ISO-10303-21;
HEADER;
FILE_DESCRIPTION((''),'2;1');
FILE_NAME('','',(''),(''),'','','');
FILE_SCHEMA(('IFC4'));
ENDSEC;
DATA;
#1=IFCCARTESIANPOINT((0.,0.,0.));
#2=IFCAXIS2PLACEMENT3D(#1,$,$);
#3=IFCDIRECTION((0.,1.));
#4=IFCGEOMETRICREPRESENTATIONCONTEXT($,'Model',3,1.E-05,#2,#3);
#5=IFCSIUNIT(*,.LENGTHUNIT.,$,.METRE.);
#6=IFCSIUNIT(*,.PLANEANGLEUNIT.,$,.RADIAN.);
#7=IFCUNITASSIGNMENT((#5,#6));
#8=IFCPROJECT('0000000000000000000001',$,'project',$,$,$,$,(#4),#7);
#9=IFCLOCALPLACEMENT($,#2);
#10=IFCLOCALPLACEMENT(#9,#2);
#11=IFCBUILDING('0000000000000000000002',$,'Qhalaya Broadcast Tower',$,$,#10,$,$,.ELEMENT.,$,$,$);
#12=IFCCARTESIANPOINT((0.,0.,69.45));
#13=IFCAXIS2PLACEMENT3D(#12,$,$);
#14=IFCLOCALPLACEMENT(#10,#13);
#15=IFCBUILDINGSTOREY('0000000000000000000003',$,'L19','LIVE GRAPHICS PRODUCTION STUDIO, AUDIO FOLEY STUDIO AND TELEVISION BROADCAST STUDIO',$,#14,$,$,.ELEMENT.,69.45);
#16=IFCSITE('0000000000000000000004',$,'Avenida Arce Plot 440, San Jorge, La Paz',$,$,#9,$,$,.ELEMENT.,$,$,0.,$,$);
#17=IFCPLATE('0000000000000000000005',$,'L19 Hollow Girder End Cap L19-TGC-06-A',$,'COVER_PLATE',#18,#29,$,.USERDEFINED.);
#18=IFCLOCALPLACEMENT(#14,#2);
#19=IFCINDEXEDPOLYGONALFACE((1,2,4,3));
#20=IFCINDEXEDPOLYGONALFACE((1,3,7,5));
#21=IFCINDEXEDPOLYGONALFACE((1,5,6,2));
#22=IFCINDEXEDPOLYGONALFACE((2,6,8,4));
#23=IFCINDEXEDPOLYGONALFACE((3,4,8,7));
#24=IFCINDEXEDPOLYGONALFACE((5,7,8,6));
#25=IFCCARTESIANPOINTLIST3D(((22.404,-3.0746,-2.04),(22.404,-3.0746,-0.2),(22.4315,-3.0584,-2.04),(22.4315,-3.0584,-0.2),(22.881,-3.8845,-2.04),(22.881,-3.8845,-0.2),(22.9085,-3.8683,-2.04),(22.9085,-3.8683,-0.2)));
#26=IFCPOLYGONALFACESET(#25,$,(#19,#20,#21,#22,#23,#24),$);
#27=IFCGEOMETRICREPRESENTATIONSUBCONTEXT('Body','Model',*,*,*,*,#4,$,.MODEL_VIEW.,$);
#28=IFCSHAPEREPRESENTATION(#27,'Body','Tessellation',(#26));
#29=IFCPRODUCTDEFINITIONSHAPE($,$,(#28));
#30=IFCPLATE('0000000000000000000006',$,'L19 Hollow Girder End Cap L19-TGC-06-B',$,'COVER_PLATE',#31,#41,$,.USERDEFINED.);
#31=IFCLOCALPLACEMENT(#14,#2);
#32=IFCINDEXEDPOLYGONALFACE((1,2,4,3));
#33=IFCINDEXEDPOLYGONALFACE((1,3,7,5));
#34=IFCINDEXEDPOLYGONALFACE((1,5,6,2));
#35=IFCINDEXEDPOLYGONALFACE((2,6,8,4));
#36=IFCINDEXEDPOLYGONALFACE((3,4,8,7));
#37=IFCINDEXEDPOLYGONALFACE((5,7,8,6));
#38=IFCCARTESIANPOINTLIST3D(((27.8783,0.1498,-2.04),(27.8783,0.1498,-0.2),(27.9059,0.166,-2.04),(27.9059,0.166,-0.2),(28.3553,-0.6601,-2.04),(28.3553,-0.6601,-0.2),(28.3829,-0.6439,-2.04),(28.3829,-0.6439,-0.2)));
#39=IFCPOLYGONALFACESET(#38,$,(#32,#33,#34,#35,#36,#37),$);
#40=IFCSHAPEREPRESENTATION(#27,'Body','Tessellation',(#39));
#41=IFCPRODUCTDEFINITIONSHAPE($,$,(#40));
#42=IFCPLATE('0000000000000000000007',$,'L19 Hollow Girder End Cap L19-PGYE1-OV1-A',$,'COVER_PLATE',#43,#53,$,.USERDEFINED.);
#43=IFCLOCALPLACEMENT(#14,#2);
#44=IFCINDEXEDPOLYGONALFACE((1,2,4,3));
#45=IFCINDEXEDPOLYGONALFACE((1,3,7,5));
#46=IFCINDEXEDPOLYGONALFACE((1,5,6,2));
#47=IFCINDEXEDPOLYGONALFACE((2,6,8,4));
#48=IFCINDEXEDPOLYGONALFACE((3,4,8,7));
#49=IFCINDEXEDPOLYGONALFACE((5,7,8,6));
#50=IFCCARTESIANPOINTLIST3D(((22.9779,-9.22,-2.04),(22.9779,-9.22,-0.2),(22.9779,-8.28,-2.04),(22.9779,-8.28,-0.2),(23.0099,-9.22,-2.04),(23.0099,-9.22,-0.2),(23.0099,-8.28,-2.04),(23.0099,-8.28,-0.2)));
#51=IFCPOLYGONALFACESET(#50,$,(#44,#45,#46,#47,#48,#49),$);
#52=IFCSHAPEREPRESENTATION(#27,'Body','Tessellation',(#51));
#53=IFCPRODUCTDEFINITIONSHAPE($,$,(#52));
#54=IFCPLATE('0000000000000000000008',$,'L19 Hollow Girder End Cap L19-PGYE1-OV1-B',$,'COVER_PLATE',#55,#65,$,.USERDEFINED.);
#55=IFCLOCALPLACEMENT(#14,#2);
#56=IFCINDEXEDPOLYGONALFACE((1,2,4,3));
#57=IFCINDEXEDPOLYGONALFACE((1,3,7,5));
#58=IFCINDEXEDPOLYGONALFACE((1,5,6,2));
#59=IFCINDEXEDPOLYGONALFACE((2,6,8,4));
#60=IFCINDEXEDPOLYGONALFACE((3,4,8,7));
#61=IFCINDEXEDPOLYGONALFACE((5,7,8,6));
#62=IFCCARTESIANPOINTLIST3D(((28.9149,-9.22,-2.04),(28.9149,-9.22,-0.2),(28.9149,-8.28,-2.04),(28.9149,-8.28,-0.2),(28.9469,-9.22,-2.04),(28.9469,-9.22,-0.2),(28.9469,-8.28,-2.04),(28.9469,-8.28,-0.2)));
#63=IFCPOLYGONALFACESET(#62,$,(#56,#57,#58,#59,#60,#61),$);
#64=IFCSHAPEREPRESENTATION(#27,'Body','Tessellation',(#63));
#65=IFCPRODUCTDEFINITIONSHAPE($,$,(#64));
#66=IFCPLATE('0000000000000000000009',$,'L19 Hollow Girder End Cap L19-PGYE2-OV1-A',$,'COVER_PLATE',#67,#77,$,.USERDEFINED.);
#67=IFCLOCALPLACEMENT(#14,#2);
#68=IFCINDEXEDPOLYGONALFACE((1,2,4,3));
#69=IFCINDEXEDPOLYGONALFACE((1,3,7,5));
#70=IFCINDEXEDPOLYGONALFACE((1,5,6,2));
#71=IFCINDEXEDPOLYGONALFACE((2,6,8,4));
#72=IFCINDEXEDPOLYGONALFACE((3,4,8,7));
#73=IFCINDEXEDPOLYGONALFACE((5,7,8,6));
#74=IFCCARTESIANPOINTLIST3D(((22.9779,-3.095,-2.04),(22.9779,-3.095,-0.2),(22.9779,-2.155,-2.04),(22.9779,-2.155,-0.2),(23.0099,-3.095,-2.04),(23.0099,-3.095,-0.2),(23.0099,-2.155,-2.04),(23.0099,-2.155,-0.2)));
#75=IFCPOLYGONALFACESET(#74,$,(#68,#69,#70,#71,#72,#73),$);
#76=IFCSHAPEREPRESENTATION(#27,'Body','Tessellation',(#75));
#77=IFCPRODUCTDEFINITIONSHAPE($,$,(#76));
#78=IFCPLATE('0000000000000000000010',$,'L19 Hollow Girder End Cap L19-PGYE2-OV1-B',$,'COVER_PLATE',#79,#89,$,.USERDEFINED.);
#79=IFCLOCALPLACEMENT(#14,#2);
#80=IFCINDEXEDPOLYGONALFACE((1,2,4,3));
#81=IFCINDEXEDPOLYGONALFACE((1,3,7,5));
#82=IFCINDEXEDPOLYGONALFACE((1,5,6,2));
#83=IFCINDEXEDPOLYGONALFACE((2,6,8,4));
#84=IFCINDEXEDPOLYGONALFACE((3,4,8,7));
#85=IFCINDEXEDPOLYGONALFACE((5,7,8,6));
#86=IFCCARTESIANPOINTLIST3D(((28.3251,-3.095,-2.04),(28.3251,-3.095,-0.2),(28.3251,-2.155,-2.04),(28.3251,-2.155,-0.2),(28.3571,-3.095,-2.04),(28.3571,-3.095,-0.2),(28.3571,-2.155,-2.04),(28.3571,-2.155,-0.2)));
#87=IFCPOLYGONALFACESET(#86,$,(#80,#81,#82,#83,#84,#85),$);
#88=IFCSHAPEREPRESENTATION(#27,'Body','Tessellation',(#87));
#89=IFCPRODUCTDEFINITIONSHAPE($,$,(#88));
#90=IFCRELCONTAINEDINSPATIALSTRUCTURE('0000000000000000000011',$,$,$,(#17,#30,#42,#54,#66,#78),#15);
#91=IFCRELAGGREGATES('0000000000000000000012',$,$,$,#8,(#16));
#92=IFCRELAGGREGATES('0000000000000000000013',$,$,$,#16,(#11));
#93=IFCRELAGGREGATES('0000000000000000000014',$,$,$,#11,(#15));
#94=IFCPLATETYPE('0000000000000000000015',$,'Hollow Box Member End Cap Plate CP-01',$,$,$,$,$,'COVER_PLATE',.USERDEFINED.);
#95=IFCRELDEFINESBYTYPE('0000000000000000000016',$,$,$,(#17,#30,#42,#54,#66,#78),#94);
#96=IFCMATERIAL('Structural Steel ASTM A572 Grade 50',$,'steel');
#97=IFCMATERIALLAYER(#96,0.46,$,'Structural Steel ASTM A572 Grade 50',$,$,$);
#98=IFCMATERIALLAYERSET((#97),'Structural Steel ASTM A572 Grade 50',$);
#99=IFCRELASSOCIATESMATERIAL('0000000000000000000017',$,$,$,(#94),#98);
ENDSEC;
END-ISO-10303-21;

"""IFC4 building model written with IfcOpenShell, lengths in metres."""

from ifc_helpers import new_model, si_unit, direction, frame, origin, origin_2d, place, context, subcontext, project, spatial, rectangle, extrude, material, layer, layer_set, type_object, element, save


model = new_model("IFC4")

# Units and contexts
model_context = context("Model", 3, precision=1e-05, world=origin(), true_north=direction((0.0, 1.0)))
body_context = subcontext(model_context, "Body", "Model", "MODEL_VIEW")
ifc_project = project(units=[si_unit("LENGTHUNIT", "METRE"), si_unit("PLANEANGLEUNIT", "RADIAN")], contexts=[model_context])

# Site, building, storey
site_placement = place(None, origin())
site = spatial("IfcSite", under=ifc_project, at=site_placement, Name="Avenida Arce Plot 440, San Jorge, La Paz", CompositionType="ELEMENT", RefElevation=0.0)
building_placement = place(site_placement, origin())
building = spatial("IfcBuilding", under=site, at=building_placement, Name="Qhalaya Broadcast Tower", CompositionType="ELEMENT")
storey_placement = place(building_placement, frame((0.0, 0.0, 69.45)))
storey = spatial("IfcBuildingStorey", under=building, at=storey_placement, Name="L19", Description="LIVE GRAPHICS PRODUCTION STUDIO, AUDIO FOLEY STUDIO AND TELEVISION BROADCAST STUDIO", CompositionType="ELEMENT", Elevation=69.45)

# Shared definitions
ifc_material = material(Name="Structural Steel ASTM A572 Grade 50", Category="steel")

# Plates
ifc_layer = layer(ifc_material, 0.46, Name="Structural Steel ASTM A572 Grade 50")
ifc_layer_set = layer_set([ifc_layer], Name="Structural Steel ASTM A572 Grade 50")
plate_type = type_object("IfcPlateType", Name="Hollow Box Member End Cap Plate CP-01", ElementType="COVER_PLATE", PredefinedType="USERDEFINED", material=ifc_layer_set)
for number, where, z_axis, x_axis, name in (
    (1, (22.6562, -3.4714, -2.04), (0.0, 0.0, 1.0), (-0.507493, 0.861656, 0.0), "L19 Hollow Girder End Cap L19-TGC-06-A"),
    (2, (28.1306, -0.2471, -2.04), (0.0, 0.0, 1.0), (-0.507493, 0.861656, 0.0), "L19 Hollow Girder End Cap L19-TGC-06-B"),
    (3, (22.9939, -8.75, -2.04), (0.0, 0.0, 1.0), (0.0, 1.0, 0.0), "L19 Hollow Girder End Cap L19-PGYE1-OV1-A"),
    (4, (28.9309, -8.75, -2.04), (0.0, 0.0, 1.0), (0.0, 1.0, 0.0), "L19 Hollow Girder End Cap L19-PGYE1-OV1-B"),
    (5, (22.9939, -2.625, -2.04), (0.0, 0.0, 1.0), (0.0, 1.0, 0.0), "L19 Hollow Girder End Cap L19-PGYE2-OV1-A"),
    (6, (28.3411, -2.625, -2.04), (0.0, 0.0, 1.0), (0.0, 1.0, 0.0), "L19 Hollow Girder End Cap L19-PGYE2-OV1-B"),
):
    element("IfcPlate", number, at=place(storey_placement, frame(where, z_axis=z_axis, x_axis=x_axis)), inside=storey, type_object=plate_type, Name=name, ObjectType="COVER_PLATE", PredefinedType="USERDEFINED", context=body_context, shape_type="SweptSolid", body=[
        extrude(rectangle(XDim=0.9399, YDim=0.032, at=origin_2d()), origin(), (0.0, 0.0, 1.0), 1.8401),
    ])

save(model, "model.ifc")
